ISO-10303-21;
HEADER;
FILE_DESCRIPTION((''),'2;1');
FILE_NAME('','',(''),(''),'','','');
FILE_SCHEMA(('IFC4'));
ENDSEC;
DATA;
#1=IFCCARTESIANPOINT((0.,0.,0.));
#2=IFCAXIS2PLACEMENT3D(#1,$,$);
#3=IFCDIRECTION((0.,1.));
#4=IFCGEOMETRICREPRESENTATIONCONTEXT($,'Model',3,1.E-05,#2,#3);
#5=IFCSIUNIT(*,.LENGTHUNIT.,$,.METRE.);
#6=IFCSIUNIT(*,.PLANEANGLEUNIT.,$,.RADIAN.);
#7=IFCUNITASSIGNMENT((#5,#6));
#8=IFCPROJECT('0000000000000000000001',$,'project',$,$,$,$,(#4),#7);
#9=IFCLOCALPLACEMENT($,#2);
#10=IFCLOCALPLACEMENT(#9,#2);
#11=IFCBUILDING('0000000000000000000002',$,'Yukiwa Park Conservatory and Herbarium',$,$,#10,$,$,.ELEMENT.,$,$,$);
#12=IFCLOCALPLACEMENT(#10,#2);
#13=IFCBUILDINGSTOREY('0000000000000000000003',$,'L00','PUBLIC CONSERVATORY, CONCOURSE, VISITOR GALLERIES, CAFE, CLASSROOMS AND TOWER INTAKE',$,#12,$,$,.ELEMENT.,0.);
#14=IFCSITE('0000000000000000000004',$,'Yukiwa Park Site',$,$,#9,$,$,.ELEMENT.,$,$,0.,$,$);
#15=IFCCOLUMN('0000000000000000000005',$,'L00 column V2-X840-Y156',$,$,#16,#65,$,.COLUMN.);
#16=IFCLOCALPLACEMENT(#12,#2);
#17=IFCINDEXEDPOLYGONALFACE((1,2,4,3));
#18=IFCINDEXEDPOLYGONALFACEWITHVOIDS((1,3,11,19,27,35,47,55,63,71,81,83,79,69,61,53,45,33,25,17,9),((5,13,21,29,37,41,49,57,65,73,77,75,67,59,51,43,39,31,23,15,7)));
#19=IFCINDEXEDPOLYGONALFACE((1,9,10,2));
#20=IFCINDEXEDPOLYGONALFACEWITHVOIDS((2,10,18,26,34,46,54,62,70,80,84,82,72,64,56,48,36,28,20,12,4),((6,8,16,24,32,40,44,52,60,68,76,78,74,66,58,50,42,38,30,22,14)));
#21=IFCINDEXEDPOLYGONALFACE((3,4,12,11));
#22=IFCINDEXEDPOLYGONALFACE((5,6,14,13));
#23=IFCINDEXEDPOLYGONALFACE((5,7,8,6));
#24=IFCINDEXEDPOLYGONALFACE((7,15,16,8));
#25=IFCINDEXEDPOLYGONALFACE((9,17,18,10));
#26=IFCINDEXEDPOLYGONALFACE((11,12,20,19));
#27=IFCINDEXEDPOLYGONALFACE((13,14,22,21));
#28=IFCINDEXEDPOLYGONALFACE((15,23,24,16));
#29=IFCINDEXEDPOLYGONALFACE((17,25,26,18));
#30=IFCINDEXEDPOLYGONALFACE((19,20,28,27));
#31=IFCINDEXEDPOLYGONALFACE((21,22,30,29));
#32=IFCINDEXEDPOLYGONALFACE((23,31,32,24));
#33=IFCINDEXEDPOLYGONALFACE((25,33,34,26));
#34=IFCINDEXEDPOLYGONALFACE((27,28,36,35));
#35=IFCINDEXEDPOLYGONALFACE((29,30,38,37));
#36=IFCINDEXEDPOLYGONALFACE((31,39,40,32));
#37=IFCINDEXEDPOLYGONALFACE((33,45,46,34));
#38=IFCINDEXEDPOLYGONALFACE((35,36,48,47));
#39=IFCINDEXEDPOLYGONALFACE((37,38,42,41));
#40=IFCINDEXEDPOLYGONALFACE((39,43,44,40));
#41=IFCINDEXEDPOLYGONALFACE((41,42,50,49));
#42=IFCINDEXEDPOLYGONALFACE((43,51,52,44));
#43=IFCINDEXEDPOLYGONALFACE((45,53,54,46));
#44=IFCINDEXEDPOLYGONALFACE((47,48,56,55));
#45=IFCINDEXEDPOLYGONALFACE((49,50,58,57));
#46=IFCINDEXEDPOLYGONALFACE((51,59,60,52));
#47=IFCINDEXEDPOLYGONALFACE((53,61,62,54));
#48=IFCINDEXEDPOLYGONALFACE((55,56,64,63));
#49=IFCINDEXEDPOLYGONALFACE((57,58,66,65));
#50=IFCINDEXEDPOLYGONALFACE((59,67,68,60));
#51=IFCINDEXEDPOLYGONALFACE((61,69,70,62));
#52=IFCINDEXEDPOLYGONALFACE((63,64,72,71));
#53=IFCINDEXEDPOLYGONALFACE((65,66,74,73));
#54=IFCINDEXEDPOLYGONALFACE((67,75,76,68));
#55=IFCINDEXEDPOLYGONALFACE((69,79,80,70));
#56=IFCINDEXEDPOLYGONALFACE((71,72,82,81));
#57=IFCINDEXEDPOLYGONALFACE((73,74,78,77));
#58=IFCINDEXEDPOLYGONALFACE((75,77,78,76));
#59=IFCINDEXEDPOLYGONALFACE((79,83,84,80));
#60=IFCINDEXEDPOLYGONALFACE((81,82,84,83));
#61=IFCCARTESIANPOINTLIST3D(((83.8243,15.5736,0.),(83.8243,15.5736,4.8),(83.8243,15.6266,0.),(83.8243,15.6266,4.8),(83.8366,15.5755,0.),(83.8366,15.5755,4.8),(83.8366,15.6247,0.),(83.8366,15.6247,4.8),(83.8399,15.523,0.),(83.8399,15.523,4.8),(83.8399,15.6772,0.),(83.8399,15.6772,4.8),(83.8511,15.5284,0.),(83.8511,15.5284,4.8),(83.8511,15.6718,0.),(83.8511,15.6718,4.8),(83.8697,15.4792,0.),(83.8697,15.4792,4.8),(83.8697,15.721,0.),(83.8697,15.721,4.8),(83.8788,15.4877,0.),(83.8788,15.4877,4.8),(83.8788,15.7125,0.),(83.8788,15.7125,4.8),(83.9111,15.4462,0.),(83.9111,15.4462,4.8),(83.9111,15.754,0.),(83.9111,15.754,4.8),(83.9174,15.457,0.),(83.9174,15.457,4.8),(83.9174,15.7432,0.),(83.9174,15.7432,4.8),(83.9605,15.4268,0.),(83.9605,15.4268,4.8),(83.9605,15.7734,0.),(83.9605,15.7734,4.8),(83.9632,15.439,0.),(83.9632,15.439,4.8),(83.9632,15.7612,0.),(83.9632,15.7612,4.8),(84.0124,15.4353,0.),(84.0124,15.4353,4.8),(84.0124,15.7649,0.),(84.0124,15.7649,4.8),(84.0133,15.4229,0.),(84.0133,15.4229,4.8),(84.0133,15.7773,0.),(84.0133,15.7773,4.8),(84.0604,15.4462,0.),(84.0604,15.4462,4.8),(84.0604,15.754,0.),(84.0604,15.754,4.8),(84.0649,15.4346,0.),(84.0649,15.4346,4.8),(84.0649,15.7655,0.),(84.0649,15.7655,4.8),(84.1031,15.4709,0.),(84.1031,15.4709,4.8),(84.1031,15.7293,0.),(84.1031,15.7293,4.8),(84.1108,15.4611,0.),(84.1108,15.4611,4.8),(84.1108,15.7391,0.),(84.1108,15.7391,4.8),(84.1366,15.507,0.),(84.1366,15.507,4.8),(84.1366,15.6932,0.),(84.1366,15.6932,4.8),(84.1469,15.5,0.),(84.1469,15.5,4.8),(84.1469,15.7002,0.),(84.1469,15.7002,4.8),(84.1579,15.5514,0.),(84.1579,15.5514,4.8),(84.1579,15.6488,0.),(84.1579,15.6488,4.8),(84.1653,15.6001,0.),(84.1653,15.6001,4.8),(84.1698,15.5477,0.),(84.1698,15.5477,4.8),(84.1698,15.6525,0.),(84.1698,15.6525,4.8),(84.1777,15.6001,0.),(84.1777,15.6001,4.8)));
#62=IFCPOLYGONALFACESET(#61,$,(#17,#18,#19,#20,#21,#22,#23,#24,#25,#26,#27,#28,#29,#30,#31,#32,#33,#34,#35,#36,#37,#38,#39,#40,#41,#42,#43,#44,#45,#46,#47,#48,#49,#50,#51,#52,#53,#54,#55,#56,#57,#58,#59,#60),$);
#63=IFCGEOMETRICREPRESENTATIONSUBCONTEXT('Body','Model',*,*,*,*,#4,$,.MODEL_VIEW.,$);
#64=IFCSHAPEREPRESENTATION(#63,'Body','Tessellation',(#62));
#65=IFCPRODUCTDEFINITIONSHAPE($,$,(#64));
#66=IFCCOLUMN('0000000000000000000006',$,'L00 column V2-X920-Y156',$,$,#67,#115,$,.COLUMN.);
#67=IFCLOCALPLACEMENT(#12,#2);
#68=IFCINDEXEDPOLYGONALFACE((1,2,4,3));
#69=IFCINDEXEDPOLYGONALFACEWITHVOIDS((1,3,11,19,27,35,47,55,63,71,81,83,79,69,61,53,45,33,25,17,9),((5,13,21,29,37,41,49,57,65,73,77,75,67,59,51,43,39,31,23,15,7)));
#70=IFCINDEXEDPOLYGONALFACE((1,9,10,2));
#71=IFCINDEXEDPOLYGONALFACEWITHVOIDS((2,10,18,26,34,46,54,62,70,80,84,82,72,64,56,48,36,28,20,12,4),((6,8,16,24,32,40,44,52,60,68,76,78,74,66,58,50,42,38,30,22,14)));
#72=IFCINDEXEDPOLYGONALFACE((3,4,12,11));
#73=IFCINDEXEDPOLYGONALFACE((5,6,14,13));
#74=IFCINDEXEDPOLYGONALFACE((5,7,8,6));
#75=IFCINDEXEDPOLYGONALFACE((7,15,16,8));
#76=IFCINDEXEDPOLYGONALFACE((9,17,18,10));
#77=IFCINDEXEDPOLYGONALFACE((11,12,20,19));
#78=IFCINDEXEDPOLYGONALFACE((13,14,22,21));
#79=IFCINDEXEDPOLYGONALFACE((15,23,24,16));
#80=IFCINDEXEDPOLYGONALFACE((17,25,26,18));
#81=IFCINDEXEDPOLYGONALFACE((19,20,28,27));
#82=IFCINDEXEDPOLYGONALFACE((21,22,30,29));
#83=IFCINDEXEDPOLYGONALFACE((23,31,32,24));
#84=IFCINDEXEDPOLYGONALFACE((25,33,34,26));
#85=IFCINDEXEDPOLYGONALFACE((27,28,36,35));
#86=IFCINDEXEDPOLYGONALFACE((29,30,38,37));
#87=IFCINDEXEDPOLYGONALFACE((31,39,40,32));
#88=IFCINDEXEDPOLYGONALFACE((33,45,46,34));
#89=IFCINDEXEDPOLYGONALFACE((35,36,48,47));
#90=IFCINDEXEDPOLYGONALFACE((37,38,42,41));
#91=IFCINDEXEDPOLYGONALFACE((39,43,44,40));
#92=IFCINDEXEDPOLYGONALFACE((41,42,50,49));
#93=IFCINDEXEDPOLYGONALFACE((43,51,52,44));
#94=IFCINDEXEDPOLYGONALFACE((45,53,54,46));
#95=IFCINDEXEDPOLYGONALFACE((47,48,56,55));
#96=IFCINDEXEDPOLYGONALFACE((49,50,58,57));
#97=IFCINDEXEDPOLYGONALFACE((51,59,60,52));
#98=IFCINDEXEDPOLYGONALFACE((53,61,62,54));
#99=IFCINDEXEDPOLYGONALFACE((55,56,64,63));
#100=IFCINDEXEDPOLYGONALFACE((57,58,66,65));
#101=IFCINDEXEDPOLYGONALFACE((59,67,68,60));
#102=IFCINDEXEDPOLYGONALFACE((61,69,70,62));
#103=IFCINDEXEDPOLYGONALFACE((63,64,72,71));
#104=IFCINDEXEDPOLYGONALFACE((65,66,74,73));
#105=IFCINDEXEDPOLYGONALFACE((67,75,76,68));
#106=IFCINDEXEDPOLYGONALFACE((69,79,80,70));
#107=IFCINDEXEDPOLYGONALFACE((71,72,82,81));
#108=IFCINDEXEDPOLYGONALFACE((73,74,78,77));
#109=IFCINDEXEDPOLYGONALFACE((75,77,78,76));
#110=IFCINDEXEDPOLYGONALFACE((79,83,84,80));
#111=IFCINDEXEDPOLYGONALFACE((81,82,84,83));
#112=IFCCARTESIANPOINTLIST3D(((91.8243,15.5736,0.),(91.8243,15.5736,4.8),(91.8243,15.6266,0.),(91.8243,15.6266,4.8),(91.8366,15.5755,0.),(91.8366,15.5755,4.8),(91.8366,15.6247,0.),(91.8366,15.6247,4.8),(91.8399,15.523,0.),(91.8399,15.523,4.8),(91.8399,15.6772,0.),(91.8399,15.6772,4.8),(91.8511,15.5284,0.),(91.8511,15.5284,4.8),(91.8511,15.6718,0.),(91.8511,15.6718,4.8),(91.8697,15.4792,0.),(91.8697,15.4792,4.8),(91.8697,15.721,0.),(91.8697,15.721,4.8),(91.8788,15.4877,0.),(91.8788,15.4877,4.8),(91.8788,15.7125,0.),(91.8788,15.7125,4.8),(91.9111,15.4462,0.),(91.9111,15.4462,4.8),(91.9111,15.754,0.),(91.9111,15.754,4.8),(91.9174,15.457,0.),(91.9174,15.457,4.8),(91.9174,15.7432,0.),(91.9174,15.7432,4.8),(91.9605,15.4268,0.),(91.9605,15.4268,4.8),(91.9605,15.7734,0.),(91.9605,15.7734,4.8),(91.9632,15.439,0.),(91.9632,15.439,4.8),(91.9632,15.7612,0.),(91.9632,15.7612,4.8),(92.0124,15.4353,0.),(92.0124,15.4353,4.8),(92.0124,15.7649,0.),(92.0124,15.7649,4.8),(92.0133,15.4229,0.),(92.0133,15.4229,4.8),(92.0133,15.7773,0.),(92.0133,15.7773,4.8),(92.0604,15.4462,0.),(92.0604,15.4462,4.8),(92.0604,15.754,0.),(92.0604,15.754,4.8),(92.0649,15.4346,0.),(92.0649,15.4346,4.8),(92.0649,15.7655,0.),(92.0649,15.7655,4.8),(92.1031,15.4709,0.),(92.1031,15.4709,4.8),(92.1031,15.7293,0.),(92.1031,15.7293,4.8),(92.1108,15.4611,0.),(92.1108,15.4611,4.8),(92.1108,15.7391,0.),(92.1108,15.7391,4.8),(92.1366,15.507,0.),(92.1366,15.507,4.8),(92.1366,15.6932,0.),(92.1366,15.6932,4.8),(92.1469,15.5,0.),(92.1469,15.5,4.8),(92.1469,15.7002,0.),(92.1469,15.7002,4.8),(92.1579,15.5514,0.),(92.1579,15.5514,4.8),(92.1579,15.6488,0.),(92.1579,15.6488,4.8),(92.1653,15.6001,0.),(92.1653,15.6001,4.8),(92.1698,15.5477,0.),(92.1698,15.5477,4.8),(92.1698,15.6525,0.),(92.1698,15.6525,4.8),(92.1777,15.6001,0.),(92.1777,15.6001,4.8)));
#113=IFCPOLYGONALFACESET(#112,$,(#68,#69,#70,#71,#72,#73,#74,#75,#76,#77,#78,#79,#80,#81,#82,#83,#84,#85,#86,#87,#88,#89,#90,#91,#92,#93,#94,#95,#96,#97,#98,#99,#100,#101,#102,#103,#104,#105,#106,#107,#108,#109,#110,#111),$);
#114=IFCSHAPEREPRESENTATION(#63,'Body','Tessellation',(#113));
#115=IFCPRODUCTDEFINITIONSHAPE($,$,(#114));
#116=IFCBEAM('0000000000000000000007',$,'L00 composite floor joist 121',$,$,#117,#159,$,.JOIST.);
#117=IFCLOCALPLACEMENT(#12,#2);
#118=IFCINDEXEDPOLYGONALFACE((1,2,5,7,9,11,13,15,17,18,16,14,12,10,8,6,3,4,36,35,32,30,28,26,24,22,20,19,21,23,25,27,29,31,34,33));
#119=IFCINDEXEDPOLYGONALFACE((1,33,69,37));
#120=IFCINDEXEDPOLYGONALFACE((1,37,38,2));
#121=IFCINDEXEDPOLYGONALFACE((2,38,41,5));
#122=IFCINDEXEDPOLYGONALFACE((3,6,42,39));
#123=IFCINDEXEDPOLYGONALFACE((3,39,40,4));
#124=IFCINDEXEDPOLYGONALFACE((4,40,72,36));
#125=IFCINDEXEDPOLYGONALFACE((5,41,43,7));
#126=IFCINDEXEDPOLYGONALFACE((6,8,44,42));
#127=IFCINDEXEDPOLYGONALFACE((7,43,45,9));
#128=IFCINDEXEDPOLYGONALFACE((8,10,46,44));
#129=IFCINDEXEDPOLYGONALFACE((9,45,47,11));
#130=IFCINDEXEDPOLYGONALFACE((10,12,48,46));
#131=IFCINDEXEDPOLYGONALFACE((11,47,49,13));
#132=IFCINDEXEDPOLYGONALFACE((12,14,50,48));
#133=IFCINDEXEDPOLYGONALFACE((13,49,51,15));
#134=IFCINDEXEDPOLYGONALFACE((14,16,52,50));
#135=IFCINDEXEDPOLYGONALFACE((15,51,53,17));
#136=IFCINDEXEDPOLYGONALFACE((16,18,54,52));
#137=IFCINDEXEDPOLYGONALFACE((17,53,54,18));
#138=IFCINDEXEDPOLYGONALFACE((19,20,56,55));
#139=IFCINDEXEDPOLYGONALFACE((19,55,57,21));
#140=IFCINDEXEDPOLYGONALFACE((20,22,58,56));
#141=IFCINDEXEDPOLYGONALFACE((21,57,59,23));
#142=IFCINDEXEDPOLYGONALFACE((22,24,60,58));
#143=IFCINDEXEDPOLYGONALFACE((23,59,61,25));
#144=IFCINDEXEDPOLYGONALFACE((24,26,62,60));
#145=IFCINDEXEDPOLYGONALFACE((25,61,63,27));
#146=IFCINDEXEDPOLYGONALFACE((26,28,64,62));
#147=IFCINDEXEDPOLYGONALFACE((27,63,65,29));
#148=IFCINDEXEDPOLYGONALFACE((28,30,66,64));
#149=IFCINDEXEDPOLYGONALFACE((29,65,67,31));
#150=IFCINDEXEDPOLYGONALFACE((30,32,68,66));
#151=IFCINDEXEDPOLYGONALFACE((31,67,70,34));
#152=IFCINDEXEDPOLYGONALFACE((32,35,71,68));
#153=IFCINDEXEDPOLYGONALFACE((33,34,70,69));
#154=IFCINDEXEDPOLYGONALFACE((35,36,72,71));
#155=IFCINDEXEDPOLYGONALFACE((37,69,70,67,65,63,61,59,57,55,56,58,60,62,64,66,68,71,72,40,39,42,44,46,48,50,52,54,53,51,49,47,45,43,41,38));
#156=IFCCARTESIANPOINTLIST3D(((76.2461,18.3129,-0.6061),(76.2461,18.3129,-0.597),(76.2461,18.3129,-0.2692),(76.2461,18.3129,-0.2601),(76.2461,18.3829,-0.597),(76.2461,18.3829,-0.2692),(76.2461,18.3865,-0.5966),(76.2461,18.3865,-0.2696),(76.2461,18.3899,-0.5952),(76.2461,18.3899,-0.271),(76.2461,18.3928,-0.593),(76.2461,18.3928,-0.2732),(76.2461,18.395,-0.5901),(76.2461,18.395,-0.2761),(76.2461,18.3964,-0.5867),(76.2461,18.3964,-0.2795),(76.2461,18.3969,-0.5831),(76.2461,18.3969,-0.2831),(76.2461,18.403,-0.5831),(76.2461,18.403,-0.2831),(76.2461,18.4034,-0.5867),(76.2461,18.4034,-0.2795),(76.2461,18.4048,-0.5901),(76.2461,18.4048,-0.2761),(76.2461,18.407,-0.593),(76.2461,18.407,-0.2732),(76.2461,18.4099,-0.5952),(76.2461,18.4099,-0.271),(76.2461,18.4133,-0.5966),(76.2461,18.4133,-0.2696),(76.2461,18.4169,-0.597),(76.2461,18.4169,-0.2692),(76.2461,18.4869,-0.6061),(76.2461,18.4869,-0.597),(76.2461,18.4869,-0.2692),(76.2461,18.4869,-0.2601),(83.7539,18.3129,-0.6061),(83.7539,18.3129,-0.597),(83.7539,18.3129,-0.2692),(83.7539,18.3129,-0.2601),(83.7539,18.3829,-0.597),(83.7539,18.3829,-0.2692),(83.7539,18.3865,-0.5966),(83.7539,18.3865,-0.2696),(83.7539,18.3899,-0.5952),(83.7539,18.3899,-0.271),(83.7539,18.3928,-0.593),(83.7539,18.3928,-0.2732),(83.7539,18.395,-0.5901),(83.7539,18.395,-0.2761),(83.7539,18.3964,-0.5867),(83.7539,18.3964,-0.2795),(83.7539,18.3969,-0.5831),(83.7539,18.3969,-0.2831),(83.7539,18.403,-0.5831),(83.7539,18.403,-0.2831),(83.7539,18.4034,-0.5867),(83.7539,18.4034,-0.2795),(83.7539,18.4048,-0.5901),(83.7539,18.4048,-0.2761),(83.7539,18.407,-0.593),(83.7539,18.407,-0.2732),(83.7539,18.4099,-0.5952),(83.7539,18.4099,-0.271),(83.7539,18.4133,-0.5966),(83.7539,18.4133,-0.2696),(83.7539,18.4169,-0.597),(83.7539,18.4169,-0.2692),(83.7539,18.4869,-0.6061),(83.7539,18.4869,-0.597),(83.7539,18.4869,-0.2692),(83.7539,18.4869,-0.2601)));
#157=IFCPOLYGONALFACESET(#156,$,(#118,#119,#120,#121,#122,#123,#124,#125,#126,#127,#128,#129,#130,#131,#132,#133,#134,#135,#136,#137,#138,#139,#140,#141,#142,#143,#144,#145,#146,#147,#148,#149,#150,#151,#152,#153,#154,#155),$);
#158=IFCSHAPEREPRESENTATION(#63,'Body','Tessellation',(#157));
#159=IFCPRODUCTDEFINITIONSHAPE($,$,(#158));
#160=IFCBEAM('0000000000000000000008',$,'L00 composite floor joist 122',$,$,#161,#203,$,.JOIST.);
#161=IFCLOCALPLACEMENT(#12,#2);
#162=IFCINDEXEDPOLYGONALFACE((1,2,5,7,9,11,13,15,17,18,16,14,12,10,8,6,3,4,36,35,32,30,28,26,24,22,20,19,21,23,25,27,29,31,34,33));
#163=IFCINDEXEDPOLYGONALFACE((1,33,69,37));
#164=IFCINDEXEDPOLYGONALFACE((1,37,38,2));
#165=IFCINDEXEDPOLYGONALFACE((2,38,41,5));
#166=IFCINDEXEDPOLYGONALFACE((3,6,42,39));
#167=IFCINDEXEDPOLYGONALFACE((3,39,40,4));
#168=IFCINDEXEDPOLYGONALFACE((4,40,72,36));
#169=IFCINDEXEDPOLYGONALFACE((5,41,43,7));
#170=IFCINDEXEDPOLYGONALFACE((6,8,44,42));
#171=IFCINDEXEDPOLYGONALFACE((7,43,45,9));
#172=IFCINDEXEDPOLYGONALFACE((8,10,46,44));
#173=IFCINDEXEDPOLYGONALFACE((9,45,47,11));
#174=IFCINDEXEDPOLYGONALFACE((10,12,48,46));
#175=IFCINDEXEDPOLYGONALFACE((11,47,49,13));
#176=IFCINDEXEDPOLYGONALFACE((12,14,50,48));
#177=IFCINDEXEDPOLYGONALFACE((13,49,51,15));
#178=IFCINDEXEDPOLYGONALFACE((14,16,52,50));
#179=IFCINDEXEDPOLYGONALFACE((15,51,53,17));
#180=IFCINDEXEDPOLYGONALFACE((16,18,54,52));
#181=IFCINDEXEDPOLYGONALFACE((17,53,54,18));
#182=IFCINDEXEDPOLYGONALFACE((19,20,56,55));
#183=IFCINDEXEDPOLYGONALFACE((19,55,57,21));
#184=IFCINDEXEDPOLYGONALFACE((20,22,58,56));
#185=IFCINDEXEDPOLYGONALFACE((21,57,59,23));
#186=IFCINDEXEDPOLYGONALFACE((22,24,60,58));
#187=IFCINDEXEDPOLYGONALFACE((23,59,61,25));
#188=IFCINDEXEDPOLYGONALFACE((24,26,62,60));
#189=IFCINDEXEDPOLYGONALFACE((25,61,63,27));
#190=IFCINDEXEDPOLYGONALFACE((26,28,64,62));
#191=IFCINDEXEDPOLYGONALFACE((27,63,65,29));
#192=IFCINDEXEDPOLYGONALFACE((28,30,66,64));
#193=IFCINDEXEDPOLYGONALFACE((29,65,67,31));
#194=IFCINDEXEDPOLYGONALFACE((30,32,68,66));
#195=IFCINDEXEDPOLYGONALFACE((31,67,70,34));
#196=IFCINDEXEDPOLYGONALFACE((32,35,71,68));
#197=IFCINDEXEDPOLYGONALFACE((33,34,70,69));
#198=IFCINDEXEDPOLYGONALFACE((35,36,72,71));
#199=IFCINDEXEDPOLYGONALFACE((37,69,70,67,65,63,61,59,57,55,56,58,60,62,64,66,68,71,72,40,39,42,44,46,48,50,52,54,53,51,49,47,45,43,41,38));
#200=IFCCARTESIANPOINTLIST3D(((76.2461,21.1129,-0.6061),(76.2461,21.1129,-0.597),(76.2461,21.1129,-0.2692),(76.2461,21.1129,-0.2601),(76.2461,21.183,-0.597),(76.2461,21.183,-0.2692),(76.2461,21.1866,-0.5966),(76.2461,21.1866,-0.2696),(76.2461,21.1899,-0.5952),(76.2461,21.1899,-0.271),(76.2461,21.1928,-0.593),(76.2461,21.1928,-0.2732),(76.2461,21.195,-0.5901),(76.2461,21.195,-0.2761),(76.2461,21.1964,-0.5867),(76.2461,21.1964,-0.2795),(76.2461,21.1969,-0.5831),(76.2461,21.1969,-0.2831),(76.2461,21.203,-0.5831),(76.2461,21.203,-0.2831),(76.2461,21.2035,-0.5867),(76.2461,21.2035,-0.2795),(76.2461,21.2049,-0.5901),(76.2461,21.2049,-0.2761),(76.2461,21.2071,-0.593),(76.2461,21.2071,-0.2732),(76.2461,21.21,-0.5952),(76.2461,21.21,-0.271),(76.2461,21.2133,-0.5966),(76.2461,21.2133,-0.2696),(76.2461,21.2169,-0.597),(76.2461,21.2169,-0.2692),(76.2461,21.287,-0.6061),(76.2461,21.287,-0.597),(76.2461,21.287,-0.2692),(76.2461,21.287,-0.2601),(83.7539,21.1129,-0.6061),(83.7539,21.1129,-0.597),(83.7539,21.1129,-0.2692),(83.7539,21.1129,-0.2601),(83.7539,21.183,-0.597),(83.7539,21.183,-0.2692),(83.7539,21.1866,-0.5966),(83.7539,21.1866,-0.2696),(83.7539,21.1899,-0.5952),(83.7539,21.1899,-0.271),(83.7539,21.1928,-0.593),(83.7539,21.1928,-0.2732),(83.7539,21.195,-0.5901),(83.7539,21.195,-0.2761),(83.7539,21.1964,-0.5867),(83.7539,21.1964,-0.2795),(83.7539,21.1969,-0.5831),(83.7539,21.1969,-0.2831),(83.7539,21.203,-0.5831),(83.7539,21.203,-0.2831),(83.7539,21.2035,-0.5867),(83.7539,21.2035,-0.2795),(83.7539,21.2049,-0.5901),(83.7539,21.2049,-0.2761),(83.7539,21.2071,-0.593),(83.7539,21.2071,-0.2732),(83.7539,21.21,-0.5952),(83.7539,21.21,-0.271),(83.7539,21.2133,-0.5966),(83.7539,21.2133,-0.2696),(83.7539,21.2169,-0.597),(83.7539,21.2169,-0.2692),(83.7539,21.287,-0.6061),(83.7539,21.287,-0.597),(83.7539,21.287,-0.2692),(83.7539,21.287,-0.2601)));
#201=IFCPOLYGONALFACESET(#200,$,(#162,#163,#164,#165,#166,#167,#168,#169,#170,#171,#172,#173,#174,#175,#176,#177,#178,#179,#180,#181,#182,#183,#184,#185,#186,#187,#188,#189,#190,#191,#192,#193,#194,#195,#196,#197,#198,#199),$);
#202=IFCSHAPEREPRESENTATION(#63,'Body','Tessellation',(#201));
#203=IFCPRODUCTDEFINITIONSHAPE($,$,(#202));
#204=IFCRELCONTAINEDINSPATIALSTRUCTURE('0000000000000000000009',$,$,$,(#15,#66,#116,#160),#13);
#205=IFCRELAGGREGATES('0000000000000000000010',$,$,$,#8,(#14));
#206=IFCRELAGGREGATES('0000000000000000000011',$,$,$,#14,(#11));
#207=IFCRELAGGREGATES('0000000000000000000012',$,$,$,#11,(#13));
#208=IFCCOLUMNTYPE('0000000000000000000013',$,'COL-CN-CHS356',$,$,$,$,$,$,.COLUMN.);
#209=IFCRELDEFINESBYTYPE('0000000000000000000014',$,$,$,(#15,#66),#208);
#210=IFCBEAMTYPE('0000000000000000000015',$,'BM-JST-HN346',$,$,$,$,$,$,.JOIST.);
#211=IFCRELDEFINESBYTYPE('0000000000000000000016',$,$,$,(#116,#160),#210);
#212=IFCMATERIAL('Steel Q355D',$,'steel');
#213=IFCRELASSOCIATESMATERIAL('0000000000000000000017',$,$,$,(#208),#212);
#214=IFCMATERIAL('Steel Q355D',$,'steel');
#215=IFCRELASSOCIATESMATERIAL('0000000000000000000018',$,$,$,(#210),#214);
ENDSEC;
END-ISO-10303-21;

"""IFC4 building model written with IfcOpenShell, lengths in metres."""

from ifc_helpers import new_model, si_unit, direction, frame, origin, origin_2d, place, context, subcontext, project, spatial, hollow_circle, i_section, extrude, material, material_profile, profile_set, type_object, element, save


model = new_model("IFC4")

# Units and contexts
model_context = context("Model", 3, precision=1e-05, world=origin(), true_north=direction((0.0, 1.0)))
body_context = subcontext(model_context, "Body", "Model", "MODEL_VIEW")
ifc_project = project(units=[si_unit("LENGTHUNIT", "METRE"), si_unit("PLANEANGLEUNIT", "RADIAN")], contexts=[model_context])

# Site, building, storey
site_placement = place(None, origin())
site = spatial("IfcSite", under=ifc_project, at=site_placement, Name="Yukiwa Park Site", CompositionType="ELEMENT", RefElevation=0.0)
building_placement = place(site_placement, origin())
building = spatial("IfcBuilding", under=site, at=building_placement, Name="Yukiwa Park Conservatory and Herbarium", CompositionType="ELEMENT")
storey_placement = place(building_placement, origin())
storey = spatial("IfcBuildingStorey", under=building, at=storey_placement, Name="L00", Description="PUBLIC CONSERVATORY, CONCOURSE, VISITOR GALLERIES, CAFE, CLASSROOMS AND TOWER INTAKE", CompositionType="ELEMENT", Elevation=0.0)

# Columns
ifc_material_1 = material(Name="Steel Q355D", Category="steel")
ifc_material_profile_1 = material_profile(ifc_material_1, hollow_circle(Radius=0.1777, WallThickness=0.0125, at=origin_2d()), Name="CHS 355.6x12.5")
ifc_profile_set_1 = profile_set([ifc_material_profile_1], Name="Steel Q355D")
column_type = type_object("IfcColumnType", Name="COL-CN-CHS356", PredefinedType="COLUMN", material=ifc_profile_set_1)
for number, where, z_axis, x_axis, name in (
    (1, (84.0, 15.6001, 0.0), (0.0, 0.0, 1.0), (1.0, 0.0, 0.0), "L00 column V2-X840-Y156"),
    (2, (92.0, 15.6001, 0.0), (0.0, 0.0, 1.0), (1.0, 0.0, 0.0), "L00 column V2-X920-Y156"),
):
    element("IfcColumn", number, at=place(storey_placement, frame(where, z_axis=z_axis, x_axis=x_axis)), inside=storey, type_object=column_type, Name=name, PredefinedType="COLUMN", context=body_context, shape_type="SweptSolid", body=[
        extrude(hollow_circle(Radius=0.1777, WallThickness=0.0125, at=origin_2d()), origin(), (0.0, 0.0, 1.0), 4.8),
    ])

# Beams
ifc_material_2 = material(Name="Steel Q355D", Category="steel")
ifc_material_profile_2 = material_profile(ifc_material_2, i_section(OverallWidth=0.1741, OverallDepth=0.3459, WebThickness=0.0061, FlangeThickness=0.009, FilletRadius=0.0139, at=origin_2d()), Name="HN 346x174x6x9")
ifc_profile_set_2 = profile_set([ifc_material_profile_2], Name="Steel Q355D")
beam_type_1 = type_object("IfcBeamType", Name="BM-JST-HN346", PredefinedType="JOIST", material=ifc_profile_set_2)
for number, where, z_axis, x_axis, name in (
    (3, (76.2461, 18.3999, -0.4331), (1.0, 0.0, 0.0), (0.0, 1.0, 0.0), "L00 composite floor joist 121"),
    (4, (76.2461, 21.2, -0.4331), (1.0, 0.0, 0.0), (0.0, 1.0, 0.0), "L00 composite floor joist 122"),
):
    element("IfcBeam", number, at=place(storey_placement, frame(where, z_axis=z_axis, x_axis=x_axis)), inside=storey, type_object=beam_type_1, Name=name, PredefinedType="JOIST", context=body_context, shape_type="SweptSolid", body=[
        extrude(i_section(OverallWidth=0.1741, OverallDepth=0.3459, WebThickness=0.0061, FlangeThickness=0.009, FilletRadius=0.0139, at=origin_2d()), origin(), (0.0, 0.0, 1.0), 7.5078),
    ])

save(model, "model.ifc")
